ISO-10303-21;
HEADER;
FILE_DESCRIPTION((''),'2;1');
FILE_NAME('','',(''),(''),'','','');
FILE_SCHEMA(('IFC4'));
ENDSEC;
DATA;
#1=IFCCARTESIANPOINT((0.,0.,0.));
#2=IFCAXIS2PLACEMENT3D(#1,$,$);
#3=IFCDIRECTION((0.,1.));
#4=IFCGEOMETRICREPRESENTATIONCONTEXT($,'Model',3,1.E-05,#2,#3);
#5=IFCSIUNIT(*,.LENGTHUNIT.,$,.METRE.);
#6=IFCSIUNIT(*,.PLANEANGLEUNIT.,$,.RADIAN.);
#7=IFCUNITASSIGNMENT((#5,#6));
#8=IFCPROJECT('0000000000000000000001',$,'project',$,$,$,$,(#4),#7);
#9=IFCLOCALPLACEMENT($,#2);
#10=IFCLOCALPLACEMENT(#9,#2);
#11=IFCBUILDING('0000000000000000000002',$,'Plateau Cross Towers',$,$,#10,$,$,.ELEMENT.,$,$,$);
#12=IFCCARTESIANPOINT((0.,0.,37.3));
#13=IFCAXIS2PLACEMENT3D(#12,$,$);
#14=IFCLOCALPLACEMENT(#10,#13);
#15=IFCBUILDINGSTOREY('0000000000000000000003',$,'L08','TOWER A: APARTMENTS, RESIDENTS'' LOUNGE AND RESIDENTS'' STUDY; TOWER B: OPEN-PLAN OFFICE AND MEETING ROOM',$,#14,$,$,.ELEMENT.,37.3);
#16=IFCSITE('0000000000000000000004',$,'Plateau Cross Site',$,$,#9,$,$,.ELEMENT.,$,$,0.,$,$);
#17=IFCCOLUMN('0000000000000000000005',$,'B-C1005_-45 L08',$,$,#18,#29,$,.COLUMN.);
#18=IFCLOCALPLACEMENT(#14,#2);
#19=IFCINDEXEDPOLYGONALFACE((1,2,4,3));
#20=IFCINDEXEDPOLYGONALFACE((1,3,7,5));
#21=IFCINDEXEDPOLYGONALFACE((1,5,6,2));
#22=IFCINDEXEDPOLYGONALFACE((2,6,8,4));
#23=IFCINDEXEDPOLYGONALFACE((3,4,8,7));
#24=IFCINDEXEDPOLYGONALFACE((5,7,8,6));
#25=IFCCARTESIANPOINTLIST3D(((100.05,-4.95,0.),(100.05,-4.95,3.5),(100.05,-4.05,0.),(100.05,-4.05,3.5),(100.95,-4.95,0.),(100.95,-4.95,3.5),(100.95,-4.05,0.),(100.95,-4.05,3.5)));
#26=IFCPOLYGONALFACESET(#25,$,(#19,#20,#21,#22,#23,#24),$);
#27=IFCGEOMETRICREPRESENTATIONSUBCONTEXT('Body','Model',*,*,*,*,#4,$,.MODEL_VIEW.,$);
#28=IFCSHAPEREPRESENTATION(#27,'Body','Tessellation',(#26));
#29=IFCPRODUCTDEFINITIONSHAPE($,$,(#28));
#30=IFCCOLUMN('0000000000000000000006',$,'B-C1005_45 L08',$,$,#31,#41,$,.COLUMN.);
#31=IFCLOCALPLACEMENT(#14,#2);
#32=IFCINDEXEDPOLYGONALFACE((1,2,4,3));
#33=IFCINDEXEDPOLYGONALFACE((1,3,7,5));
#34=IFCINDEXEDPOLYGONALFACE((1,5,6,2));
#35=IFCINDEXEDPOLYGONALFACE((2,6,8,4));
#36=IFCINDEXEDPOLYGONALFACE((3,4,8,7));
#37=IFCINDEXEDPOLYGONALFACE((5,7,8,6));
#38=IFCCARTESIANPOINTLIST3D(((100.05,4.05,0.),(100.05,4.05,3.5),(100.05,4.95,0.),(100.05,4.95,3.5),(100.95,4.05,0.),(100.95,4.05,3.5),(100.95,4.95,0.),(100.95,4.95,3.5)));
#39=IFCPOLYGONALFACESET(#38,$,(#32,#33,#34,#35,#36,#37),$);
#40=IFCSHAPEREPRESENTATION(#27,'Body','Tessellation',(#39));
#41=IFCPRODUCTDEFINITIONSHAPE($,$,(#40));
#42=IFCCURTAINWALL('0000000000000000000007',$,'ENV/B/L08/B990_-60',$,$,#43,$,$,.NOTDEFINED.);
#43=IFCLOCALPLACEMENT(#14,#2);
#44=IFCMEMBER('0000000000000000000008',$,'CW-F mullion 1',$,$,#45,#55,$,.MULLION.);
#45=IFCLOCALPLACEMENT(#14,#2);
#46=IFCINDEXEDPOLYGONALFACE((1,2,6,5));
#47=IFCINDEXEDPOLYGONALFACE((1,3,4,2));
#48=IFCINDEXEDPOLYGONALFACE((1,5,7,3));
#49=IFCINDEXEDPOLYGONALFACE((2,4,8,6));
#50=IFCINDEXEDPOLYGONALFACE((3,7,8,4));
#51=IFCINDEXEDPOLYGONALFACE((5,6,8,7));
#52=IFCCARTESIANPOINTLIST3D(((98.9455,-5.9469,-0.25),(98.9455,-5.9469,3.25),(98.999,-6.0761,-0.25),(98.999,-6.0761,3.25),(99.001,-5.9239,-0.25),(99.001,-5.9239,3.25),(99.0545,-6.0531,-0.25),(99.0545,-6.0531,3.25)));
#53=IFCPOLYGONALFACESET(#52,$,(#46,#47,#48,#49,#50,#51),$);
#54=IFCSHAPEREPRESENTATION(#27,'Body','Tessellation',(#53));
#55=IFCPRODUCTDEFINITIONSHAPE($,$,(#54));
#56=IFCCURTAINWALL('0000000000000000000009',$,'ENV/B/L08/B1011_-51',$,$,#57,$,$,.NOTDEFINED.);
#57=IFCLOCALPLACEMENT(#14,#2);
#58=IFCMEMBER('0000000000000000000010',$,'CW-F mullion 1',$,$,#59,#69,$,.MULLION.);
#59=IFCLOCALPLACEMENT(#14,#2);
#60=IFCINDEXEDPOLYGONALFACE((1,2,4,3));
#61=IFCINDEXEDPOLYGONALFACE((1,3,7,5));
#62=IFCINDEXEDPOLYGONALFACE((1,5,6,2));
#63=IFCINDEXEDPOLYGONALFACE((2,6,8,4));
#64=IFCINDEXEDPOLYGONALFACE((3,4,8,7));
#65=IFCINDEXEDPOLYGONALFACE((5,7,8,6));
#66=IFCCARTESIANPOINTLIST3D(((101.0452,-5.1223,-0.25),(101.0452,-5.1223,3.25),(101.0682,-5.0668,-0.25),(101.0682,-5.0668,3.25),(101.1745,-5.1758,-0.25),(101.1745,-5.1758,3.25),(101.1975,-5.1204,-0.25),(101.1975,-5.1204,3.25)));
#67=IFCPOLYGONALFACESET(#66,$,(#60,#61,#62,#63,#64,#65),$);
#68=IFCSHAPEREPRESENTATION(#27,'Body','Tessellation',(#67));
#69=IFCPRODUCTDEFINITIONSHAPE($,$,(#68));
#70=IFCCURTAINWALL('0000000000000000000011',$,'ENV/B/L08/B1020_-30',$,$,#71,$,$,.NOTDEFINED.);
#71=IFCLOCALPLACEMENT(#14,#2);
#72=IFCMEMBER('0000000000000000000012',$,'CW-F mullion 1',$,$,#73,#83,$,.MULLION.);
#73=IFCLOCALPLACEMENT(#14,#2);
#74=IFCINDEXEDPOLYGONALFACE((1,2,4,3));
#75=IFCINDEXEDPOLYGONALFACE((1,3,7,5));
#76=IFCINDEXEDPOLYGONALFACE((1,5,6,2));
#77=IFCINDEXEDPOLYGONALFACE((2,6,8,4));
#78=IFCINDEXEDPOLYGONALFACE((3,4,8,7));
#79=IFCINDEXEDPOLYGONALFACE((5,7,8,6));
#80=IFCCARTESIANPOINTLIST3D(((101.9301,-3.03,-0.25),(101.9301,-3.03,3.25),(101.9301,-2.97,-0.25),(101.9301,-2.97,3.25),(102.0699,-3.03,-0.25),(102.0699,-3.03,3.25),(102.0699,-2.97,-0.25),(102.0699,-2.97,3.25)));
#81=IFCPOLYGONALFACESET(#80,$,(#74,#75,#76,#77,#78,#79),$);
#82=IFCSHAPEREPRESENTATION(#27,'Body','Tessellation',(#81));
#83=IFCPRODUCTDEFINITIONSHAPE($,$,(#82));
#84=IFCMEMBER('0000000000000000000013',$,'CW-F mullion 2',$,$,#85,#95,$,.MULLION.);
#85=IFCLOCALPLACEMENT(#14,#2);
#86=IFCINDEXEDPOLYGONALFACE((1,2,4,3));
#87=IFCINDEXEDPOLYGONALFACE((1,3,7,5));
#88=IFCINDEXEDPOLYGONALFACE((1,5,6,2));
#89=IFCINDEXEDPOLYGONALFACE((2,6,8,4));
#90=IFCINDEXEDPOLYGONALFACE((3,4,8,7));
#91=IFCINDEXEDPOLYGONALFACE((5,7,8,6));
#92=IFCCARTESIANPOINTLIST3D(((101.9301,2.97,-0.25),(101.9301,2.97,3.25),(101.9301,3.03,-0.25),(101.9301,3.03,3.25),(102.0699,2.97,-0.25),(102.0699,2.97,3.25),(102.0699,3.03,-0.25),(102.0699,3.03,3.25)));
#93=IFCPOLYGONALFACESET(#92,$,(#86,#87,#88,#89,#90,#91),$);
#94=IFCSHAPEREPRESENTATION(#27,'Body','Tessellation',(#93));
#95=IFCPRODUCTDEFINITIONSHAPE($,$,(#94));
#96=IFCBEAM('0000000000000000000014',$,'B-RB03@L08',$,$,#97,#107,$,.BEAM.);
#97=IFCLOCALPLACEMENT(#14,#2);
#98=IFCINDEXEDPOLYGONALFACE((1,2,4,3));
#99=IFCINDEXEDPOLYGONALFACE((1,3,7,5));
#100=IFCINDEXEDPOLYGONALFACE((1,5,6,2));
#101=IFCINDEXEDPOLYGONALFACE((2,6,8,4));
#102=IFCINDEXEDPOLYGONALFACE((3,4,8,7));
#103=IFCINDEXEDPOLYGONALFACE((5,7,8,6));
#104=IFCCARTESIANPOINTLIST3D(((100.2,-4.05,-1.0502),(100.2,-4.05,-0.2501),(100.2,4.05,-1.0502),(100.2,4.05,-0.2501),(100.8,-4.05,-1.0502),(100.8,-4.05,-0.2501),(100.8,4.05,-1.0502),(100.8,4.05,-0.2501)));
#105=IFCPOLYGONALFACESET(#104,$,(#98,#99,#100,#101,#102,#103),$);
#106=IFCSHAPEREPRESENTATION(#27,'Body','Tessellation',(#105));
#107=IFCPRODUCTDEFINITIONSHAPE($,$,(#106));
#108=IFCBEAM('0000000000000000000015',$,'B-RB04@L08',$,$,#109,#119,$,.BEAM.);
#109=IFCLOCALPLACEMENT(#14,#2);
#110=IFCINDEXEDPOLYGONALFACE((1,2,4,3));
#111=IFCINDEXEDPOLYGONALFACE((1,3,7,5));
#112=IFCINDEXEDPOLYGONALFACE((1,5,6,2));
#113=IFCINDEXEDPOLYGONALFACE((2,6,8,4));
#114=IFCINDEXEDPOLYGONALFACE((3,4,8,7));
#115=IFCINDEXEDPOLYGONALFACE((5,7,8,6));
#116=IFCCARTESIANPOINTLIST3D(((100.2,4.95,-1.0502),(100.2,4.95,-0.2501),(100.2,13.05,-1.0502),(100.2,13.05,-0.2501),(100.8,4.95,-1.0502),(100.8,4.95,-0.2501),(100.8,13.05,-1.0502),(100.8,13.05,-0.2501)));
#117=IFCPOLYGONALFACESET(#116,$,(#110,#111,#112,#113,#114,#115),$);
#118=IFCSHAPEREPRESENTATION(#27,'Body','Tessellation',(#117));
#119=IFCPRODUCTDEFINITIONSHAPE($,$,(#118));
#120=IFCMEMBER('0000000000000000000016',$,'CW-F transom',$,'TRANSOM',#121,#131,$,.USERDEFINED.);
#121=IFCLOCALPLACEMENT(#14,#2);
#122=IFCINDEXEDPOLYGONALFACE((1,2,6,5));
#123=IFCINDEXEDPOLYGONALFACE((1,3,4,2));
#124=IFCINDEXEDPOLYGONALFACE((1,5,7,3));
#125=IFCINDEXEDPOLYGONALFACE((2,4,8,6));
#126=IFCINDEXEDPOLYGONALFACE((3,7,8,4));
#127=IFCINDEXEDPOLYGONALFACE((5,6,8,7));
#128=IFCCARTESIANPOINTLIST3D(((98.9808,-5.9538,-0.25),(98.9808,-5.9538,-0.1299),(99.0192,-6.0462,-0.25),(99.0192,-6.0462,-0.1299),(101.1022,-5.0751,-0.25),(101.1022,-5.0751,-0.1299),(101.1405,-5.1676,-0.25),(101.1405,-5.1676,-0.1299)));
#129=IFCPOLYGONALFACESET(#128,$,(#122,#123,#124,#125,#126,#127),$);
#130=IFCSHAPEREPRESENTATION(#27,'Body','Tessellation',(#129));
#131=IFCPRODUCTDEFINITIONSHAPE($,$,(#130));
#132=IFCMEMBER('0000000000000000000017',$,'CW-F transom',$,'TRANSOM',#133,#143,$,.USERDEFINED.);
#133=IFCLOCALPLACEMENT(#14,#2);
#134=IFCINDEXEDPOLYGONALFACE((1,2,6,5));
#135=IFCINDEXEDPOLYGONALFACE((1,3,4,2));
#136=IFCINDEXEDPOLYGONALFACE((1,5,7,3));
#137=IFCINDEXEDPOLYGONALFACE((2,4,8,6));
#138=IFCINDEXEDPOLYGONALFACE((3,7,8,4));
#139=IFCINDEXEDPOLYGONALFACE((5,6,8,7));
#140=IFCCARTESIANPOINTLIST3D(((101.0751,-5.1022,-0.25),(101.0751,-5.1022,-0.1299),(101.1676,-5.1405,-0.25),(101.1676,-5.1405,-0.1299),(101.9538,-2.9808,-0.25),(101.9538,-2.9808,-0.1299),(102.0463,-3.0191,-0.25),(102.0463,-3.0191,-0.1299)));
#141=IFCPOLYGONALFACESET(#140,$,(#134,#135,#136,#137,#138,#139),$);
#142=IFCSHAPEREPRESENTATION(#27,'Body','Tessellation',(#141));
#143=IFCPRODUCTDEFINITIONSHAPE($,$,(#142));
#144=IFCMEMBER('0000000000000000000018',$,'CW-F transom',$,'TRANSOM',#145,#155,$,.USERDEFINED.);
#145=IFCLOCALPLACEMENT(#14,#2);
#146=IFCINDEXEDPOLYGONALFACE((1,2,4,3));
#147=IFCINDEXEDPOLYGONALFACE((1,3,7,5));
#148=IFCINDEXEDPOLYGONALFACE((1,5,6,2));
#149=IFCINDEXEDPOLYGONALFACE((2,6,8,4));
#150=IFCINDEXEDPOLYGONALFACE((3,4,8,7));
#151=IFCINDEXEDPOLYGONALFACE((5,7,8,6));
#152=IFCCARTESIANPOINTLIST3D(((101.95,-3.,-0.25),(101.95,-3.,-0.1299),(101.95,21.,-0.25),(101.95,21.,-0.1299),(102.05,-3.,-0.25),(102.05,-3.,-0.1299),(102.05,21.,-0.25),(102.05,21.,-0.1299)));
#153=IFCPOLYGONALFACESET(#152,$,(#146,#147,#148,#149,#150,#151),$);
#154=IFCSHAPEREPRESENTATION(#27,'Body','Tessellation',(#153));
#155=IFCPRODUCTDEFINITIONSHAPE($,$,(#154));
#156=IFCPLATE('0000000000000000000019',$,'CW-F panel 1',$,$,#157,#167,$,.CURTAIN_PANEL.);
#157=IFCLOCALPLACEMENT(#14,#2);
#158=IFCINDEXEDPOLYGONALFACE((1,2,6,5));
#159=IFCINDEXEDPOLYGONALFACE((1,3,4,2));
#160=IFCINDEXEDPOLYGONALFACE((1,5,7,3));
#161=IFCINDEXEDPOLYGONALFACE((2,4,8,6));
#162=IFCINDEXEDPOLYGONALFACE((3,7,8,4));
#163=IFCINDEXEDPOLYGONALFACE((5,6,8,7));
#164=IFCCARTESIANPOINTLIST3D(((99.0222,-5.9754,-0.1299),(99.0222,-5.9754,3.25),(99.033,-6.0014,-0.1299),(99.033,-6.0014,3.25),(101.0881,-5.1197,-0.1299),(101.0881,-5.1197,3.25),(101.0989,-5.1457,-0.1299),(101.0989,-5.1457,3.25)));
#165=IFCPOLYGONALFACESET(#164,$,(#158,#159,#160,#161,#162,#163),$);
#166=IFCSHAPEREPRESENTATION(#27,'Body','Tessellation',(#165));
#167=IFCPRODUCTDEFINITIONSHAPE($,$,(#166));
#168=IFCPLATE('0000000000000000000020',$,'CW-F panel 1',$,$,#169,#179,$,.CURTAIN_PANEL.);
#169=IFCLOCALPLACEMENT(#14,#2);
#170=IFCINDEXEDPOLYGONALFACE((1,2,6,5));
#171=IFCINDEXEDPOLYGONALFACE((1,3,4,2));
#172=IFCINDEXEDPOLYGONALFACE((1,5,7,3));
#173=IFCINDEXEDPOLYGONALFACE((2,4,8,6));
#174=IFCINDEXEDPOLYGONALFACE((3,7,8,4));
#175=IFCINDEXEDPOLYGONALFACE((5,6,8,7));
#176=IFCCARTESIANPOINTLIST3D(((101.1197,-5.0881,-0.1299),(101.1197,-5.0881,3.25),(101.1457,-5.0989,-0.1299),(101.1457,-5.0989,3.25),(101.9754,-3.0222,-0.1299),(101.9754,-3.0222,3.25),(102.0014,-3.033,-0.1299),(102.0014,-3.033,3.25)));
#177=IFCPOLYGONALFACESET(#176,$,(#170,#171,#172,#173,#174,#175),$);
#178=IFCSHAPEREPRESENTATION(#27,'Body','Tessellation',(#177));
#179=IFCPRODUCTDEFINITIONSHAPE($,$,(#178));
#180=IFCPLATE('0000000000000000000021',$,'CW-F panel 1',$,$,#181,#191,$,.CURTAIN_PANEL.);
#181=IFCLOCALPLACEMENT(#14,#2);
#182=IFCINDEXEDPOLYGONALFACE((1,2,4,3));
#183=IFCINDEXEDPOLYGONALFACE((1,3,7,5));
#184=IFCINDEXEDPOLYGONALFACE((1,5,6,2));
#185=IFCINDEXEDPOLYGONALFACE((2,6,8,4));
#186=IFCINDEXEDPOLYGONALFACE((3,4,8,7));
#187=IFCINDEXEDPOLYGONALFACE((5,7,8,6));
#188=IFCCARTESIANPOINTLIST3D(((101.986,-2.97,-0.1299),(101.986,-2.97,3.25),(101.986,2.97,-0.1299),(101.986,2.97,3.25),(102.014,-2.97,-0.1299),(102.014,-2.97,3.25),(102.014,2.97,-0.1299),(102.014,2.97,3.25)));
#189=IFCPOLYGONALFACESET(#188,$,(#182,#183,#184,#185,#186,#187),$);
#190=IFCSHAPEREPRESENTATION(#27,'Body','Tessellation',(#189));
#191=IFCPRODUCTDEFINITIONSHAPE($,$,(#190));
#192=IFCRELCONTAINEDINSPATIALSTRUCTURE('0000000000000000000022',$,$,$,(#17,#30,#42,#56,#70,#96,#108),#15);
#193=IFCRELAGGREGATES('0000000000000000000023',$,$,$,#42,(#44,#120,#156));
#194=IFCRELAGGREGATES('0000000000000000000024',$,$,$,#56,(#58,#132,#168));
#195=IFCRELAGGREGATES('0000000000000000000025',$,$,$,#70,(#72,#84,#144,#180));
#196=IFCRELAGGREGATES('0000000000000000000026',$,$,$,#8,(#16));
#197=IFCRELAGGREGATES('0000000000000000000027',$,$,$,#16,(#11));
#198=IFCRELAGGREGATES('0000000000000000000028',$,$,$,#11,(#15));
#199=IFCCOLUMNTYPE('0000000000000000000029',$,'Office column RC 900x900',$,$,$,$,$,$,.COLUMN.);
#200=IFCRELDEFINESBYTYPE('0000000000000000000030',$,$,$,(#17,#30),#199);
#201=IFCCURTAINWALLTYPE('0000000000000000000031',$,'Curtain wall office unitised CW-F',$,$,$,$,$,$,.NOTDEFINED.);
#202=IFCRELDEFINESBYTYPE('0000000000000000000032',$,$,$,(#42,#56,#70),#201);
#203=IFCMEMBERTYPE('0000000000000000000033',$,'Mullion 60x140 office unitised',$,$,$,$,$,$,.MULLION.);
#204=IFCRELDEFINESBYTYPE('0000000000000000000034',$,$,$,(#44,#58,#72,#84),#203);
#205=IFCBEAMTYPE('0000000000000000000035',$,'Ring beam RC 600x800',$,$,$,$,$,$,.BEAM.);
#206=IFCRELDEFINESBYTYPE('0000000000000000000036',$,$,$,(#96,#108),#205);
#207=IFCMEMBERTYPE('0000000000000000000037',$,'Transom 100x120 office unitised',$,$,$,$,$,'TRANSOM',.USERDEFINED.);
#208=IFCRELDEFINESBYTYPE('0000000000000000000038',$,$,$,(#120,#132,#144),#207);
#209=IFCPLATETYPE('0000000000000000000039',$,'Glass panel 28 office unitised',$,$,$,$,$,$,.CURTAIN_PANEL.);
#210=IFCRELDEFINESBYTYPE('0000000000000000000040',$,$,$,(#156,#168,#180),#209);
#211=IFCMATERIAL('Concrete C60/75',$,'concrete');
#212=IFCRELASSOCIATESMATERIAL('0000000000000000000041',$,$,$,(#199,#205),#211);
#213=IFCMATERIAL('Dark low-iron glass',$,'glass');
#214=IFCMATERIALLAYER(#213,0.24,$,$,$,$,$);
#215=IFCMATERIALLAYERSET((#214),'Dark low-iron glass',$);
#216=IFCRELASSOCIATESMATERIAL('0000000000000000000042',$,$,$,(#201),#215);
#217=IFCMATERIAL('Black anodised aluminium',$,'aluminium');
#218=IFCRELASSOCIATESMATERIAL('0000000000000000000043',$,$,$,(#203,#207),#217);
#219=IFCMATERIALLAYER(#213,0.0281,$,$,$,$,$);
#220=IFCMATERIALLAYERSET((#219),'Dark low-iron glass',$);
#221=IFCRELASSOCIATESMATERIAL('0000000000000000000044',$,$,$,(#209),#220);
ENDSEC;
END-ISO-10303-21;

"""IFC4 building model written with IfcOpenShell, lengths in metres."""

from ifc_helpers import new_model, si_unit, direction, frame, origin, origin_2d, place, context, subcontext, project, spatial, rectangle, extrude, material, layer, layer_set, material_profile, profile_set, type_object, element, aggregate, save


model = new_model("IFC4")

# Units and contexts
model_context = context("Model", 3, precision=1e-05, world=origin(), true_north=direction((0.0, 1.0)))
body_context = subcontext(model_context, "Body", "Model", "MODEL_VIEW")
ifc_project = project(units=[si_unit("LENGTHUNIT", "METRE"), si_unit("PLANEANGLEUNIT", "RADIAN")], contexts=[model_context])

# Site, building, storey
site_placement = place(None, origin())
site = spatial("IfcSite", under=ifc_project, at=site_placement, Name="Plateau Cross Site", CompositionType="ELEMENT", RefElevation=0.0)
building_placement = place(site_placement, origin())
building = spatial("IfcBuilding", under=site, at=building_placement, Name="Plateau Cross Towers", CompositionType="ELEMENT")
storey_placement = place(building_placement, frame((0.0, 0.0, 37.3)))
storey = spatial("IfcBuildingStorey", under=building, at=storey_placement, Name="L08", Description="TOWER A: APARTMENTS, RESIDENTS' LOUNGE AND RESIDENTS' STUDY; TOWER B: OPEN-PLAN OFFICE AND MEETING ROOM", CompositionType="ELEMENT", Elevation=37.3)

# Columns
ifc_material_1 = material(Name="Concrete C60/75", Category="concrete")
ifc_material_profile_1 = material_profile(ifc_material_1, rectangle(XDim=0.8999, YDim=0.8999, at=origin_2d()), Name="RC 900x900")
ifc_profile_set_1 = profile_set([ifc_material_profile_1], Name="Concrete C60/75")
column_type = type_object("IfcColumnType", Name="Office column RC 900x900", PredefinedType="COLUMN", material=ifc_profile_set_1)
for number, where, z_axis, x_axis, name in (
    (1, (100.5, -4.5, 0.0), (0.0, 0.0, 1.0), (1.0, 0.0, 0.0), "B-C1005_-45 L08"),
    (2, (100.5, 4.5, 0.0), (0.0, 0.0, 1.0), (1.0, 0.0, 0.0), "B-C1005_45 L08"),
):
    element("IfcColumn", number, at=place(storey_placement, frame(where, z_axis=z_axis, x_axis=x_axis)), inside=storey, type_object=column_type, Name=name, PredefinedType="COLUMN", context=body_context, shape_type="SweptSolid", body=[
        extrude(rectangle(XDim=0.8999, YDim=0.8999, at=origin_2d()), origin(), (0.0, 0.0, 1.0), 3.5),
    ])

# Curtain walls, members
ifc_material_2 = material(Name="Dark low-iron glass", Category="glass")
ifc_layer_1 = layer(ifc_material_2, 0.24)
ifc_layer_set_1 = layer_set([ifc_layer_1], Name="Dark low-iron glass")
curtain_wall_type = type_object("IfcCurtainWallType", Name="Curtain wall office unitised CW-F", PredefinedType="NOTDEFINED", material=ifc_layer_set_1)
curtain_wall_1_placement = place(storey_placement, origin())
curtain_wall_1 = element("IfcCurtainWall", 3, at=curtain_wall_1_placement, inside=storey, type_object=curtain_wall_type, Name="ENV/B/L08/B990_-60", PredefinedType="NOTDEFINED")
ifc_material_3 = material(Name="Black anodised aluminium", Category="aluminium")
ifc_material_profile_2 = material_profile(ifc_material_3, rectangle(XDim=0.0601, YDim=0.1399, at=origin_2d()), Name="MULLION 60x140")
ifc_profile_set_2 = profile_set([ifc_material_profile_2], Name="Black anodised aluminium")
member_type_1 = type_object("IfcMemberType", Name="Mullion 60x140 office unitised", PredefinedType="MULLION", material=ifc_profile_set_2)
member_1_placement = place(storey_placement, frame((99.0, -6.0, -0.25), z_axis=(0.0, 0.0, 1.0), x_axis=(0.923879, 0.382684, 0.0)))
member_1 = element("IfcMember", 4, at=member_1_placement, type_object=member_type_1, Name="CW-F mullion 1", PredefinedType="MULLION", context=body_context, shape_type="SweptSolid", body=[
    extrude(rectangle(XDim=0.0601, YDim=0.1399, at=origin_2d()), origin(), (0.0, 0.0, 1.0), 3.5),
])
curtain_wall_2_placement = place(storey_placement, origin())
curtain_wall_2 = element("IfcCurtainWall", 5, at=curtain_wall_2_placement, inside=storey, type_object=curtain_wall_type, Name="ENV/B/L08/B1011_-51", PredefinedType="NOTDEFINED")
member_2_placement = place(storey_placement, frame((101.1213, -5.1213, -0.25), z_axis=(0.0, 0.0, 1.0), x_axis=(0.382684, 0.923879, 0.0)))
member_2 = element("IfcMember", 6, at=member_2_placement, type_object=member_type_1, Name="CW-F mullion 1", PredefinedType="MULLION", context=body_context, shape_type="SweptSolid", body=[
    extrude(rectangle(XDim=0.0601, YDim=0.1399, at=origin_2d()), origin(), (0.0, 0.0, 1.0), 3.5),
])

# Curtain wall, members
curtain_wall_3_placement = place(storey_placement, origin())
curtain_wall_3 = element("IfcCurtainWall", 7, at=curtain_wall_3_placement, inside=storey, type_object=curtain_wall_type, Name="ENV/B/L08/B1020_-30", PredefinedType="NOTDEFINED")
member_3_placement = place(storey_placement, frame((102.0, -3.0, -0.25), z_axis=(0.0, 0.0, 1.0), x_axis=(0.0, 1.0, 0.0)))
member_3 = element("IfcMember", 8, at=member_3_placement, type_object=member_type_1, Name="CW-F mullion 1", PredefinedType="MULLION", context=body_context, shape_type="SweptSolid", body=[
    extrude(rectangle(XDim=0.0601, YDim=0.1399, at=origin_2d()), origin(), (0.0, 0.0, 1.0), 3.5),
])
member_4_placement = place(storey_placement, frame((102.0, 3.0, -0.25), z_axis=(0.0, 0.0, 1.0), x_axis=(0.0, 1.0, 0.0)))
member_4 = element("IfcMember", 9, at=member_4_placement, type_object=member_type_1, Name="CW-F mullion 2", PredefinedType="MULLION", context=body_context, shape_type="SweptSolid", body=[
    extrude(rectangle(XDim=0.0601, YDim=0.1399, at=origin_2d()), origin(), (0.0, 0.0, 1.0), 3.5),
])

# Beams
ifc_material_profile_3 = material_profile(ifc_material_1, rectangle(XDim=0.6001, YDim=0.8, at=origin_2d()), Name="RC 600x800")
ifc_profile_set_3 = profile_set([ifc_material_profile_3], Name="Concrete C60/75")
beam_type = type_object("IfcBeamType", Name="Ring beam RC 600x800", PredefinedType="BEAM", material=ifc_profile_set_3)
for number, where, z_axis, x_axis, name in (
    (10, (100.5, -4.05, -0.6501), (0.0, 1.0, 0.0), (-1.0, 0.0, 0.0), "B-RB03@L08"),
    (11, (100.5, 4.95, -0.6501), (0.0, 1.0, 0.0), (-1.0, 0.0, 0.0), "B-RB04@L08"),
):
    element("IfcBeam", number, at=place(storey_placement, frame(where, z_axis=z_axis, x_axis=x_axis)), inside=storey, type_object=beam_type, Name=name, PredefinedType="BEAM", context=body_context, shape_type="SweptSolid", body=[
        extrude(rectangle(XDim=0.6001, YDim=0.8, at=origin_2d()), origin(), (0.0, 0.0, 1.0), 8.1001),
    ])

# Members
ifc_material_profile_4 = material_profile(ifc_material_3, rectangle(XDim=0.1001, YDim=0.1201, at=origin_2d()), Name="TRANSOM 100x120")
ifc_profile_set_4 = profile_set([ifc_material_profile_4], Name="Black anodised aluminium")
member_type_2 = type_object("IfcMemberType", Name="Transom 100x120 office unitised", ElementType="TRANSOM", PredefinedType="USERDEFINED", material=ifc_profile_set_4)
member_5_placement = place(storey_placement, frame((99.0, -6.0, -0.1899), z_axis=(0.923883, 0.382674, 0.0), x_axis=(-0.382674, 0.923883, 0.0)))
member_5 = element("IfcMember", 12, at=member_5_placement, type_object=member_type_2, Name="CW-F transom", ObjectType="TRANSOM", PredefinedType="USERDEFINED", context=body_context, shape_type="SweptSolid", body=[
    extrude(rectangle(XDim=0.1001, YDim=0.1201, at=origin_2d()), origin(), (0.0, 0.0, 1.0), 2.2961),
])
member_6_placement = place(storey_placement, frame((101.1213, -5.1213, -0.1899), z_axis=(0.382674, 0.923883, 0.0), x_axis=(-0.923883, 0.382674, 0.0)))
member_6 = element("IfcMember", 13, at=member_6_placement, type_object=member_type_2, Name="CW-F transom", ObjectType="TRANSOM", PredefinedType="USERDEFINED", context=body_context, shape_type="SweptSolid", body=[
    extrude(rectangle(XDim=0.1001, YDim=0.1201, at=origin_2d()), origin(), (0.0, 0.0, 1.0), 2.2961),
])
member_7_placement = place(storey_placement, frame((102.0, -3.0, -0.1899), z_axis=(0.0, 1.0, 0.0), x_axis=(-1.0, 0.0, 0.0)))
member_7 = element("IfcMember", 14, at=member_7_placement, type_object=member_type_2, Name="CW-F transom", ObjectType="TRANSOM", PredefinedType="USERDEFINED", context=body_context, shape_type="SweptSolid", body=[
    extrude(rectangle(XDim=0.1001, YDim=0.1201, at=origin_2d()), origin(), (0.0, 0.0, 1.0), 24.0),
])

# Plates
ifc_layer_2 = layer(ifc_material_2, 0.0281)
ifc_layer_set_2 = layer_set([ifc_layer_2], Name="Dark low-iron glass")
plate_type = type_object("IfcPlateType", Name="Glass panel 28 office unitised", PredefinedType="CURTAIN_PANEL", material=ifc_layer_set_2)
plate_1_placement = place(storey_placement, frame((100.0605, -5.5605, -0.1299), z_axis=(0.0, 0.0, 1.0), x_axis=(0.923879, 0.382684, 0.0)))
plate_1 = element("IfcPlate", 15, at=plate_1_placement, type_object=plate_type, Name="CW-F panel 1", PredefinedType="CURTAIN_PANEL", context=body_context, shape_type="SweptSolid", body=[
    extrude(rectangle(XDim=2.2361, YDim=0.0281, at=origin_2d()), origin(), (0.0, 0.0, 1.0), 3.3799),
])
aggregate(curtain_wall_1, [member_1, member_5, plate_1])
plate_2_placement = place(storey_placement, frame((101.5605, -4.0605, -0.1299), z_axis=(0.0, 0.0, 1.0), x_axis=(0.382684, 0.923879, 0.0)))
plate_2 = element("IfcPlate", 16, at=plate_2_placement, type_object=plate_type, Name="CW-F panel 1", PredefinedType="CURTAIN_PANEL", context=body_context, shape_type="SweptSolid", body=[
    extrude(rectangle(XDim=2.2361, YDim=0.0281, at=origin_2d()), origin(), (0.0, 0.0, 1.0), 3.3799),
])
aggregate(curtain_wall_2, [member_2, member_6, plate_2])
plate_3_placement = place(storey_placement, frame((102.0, 0.0, -0.1299), z_axis=(0.0, 0.0, 1.0), x_axis=(0.0, 1.0, 0.0)))
plate_3 = element("IfcPlate", 17, at=plate_3_placement, type_object=plate_type, Name="CW-F panel 1", PredefinedType="CURTAIN_PANEL", context=body_context, shape_type="SweptSolid", body=[
    extrude(rectangle(XDim=5.9399, YDim=0.0281, at=origin_2d()), origin(), (0.0, 0.0, 1.0), 3.3799),
])
aggregate(curtain_wall_3, [member_3, member_4, member_7, plate_3])

save(model, "model.ifc")
